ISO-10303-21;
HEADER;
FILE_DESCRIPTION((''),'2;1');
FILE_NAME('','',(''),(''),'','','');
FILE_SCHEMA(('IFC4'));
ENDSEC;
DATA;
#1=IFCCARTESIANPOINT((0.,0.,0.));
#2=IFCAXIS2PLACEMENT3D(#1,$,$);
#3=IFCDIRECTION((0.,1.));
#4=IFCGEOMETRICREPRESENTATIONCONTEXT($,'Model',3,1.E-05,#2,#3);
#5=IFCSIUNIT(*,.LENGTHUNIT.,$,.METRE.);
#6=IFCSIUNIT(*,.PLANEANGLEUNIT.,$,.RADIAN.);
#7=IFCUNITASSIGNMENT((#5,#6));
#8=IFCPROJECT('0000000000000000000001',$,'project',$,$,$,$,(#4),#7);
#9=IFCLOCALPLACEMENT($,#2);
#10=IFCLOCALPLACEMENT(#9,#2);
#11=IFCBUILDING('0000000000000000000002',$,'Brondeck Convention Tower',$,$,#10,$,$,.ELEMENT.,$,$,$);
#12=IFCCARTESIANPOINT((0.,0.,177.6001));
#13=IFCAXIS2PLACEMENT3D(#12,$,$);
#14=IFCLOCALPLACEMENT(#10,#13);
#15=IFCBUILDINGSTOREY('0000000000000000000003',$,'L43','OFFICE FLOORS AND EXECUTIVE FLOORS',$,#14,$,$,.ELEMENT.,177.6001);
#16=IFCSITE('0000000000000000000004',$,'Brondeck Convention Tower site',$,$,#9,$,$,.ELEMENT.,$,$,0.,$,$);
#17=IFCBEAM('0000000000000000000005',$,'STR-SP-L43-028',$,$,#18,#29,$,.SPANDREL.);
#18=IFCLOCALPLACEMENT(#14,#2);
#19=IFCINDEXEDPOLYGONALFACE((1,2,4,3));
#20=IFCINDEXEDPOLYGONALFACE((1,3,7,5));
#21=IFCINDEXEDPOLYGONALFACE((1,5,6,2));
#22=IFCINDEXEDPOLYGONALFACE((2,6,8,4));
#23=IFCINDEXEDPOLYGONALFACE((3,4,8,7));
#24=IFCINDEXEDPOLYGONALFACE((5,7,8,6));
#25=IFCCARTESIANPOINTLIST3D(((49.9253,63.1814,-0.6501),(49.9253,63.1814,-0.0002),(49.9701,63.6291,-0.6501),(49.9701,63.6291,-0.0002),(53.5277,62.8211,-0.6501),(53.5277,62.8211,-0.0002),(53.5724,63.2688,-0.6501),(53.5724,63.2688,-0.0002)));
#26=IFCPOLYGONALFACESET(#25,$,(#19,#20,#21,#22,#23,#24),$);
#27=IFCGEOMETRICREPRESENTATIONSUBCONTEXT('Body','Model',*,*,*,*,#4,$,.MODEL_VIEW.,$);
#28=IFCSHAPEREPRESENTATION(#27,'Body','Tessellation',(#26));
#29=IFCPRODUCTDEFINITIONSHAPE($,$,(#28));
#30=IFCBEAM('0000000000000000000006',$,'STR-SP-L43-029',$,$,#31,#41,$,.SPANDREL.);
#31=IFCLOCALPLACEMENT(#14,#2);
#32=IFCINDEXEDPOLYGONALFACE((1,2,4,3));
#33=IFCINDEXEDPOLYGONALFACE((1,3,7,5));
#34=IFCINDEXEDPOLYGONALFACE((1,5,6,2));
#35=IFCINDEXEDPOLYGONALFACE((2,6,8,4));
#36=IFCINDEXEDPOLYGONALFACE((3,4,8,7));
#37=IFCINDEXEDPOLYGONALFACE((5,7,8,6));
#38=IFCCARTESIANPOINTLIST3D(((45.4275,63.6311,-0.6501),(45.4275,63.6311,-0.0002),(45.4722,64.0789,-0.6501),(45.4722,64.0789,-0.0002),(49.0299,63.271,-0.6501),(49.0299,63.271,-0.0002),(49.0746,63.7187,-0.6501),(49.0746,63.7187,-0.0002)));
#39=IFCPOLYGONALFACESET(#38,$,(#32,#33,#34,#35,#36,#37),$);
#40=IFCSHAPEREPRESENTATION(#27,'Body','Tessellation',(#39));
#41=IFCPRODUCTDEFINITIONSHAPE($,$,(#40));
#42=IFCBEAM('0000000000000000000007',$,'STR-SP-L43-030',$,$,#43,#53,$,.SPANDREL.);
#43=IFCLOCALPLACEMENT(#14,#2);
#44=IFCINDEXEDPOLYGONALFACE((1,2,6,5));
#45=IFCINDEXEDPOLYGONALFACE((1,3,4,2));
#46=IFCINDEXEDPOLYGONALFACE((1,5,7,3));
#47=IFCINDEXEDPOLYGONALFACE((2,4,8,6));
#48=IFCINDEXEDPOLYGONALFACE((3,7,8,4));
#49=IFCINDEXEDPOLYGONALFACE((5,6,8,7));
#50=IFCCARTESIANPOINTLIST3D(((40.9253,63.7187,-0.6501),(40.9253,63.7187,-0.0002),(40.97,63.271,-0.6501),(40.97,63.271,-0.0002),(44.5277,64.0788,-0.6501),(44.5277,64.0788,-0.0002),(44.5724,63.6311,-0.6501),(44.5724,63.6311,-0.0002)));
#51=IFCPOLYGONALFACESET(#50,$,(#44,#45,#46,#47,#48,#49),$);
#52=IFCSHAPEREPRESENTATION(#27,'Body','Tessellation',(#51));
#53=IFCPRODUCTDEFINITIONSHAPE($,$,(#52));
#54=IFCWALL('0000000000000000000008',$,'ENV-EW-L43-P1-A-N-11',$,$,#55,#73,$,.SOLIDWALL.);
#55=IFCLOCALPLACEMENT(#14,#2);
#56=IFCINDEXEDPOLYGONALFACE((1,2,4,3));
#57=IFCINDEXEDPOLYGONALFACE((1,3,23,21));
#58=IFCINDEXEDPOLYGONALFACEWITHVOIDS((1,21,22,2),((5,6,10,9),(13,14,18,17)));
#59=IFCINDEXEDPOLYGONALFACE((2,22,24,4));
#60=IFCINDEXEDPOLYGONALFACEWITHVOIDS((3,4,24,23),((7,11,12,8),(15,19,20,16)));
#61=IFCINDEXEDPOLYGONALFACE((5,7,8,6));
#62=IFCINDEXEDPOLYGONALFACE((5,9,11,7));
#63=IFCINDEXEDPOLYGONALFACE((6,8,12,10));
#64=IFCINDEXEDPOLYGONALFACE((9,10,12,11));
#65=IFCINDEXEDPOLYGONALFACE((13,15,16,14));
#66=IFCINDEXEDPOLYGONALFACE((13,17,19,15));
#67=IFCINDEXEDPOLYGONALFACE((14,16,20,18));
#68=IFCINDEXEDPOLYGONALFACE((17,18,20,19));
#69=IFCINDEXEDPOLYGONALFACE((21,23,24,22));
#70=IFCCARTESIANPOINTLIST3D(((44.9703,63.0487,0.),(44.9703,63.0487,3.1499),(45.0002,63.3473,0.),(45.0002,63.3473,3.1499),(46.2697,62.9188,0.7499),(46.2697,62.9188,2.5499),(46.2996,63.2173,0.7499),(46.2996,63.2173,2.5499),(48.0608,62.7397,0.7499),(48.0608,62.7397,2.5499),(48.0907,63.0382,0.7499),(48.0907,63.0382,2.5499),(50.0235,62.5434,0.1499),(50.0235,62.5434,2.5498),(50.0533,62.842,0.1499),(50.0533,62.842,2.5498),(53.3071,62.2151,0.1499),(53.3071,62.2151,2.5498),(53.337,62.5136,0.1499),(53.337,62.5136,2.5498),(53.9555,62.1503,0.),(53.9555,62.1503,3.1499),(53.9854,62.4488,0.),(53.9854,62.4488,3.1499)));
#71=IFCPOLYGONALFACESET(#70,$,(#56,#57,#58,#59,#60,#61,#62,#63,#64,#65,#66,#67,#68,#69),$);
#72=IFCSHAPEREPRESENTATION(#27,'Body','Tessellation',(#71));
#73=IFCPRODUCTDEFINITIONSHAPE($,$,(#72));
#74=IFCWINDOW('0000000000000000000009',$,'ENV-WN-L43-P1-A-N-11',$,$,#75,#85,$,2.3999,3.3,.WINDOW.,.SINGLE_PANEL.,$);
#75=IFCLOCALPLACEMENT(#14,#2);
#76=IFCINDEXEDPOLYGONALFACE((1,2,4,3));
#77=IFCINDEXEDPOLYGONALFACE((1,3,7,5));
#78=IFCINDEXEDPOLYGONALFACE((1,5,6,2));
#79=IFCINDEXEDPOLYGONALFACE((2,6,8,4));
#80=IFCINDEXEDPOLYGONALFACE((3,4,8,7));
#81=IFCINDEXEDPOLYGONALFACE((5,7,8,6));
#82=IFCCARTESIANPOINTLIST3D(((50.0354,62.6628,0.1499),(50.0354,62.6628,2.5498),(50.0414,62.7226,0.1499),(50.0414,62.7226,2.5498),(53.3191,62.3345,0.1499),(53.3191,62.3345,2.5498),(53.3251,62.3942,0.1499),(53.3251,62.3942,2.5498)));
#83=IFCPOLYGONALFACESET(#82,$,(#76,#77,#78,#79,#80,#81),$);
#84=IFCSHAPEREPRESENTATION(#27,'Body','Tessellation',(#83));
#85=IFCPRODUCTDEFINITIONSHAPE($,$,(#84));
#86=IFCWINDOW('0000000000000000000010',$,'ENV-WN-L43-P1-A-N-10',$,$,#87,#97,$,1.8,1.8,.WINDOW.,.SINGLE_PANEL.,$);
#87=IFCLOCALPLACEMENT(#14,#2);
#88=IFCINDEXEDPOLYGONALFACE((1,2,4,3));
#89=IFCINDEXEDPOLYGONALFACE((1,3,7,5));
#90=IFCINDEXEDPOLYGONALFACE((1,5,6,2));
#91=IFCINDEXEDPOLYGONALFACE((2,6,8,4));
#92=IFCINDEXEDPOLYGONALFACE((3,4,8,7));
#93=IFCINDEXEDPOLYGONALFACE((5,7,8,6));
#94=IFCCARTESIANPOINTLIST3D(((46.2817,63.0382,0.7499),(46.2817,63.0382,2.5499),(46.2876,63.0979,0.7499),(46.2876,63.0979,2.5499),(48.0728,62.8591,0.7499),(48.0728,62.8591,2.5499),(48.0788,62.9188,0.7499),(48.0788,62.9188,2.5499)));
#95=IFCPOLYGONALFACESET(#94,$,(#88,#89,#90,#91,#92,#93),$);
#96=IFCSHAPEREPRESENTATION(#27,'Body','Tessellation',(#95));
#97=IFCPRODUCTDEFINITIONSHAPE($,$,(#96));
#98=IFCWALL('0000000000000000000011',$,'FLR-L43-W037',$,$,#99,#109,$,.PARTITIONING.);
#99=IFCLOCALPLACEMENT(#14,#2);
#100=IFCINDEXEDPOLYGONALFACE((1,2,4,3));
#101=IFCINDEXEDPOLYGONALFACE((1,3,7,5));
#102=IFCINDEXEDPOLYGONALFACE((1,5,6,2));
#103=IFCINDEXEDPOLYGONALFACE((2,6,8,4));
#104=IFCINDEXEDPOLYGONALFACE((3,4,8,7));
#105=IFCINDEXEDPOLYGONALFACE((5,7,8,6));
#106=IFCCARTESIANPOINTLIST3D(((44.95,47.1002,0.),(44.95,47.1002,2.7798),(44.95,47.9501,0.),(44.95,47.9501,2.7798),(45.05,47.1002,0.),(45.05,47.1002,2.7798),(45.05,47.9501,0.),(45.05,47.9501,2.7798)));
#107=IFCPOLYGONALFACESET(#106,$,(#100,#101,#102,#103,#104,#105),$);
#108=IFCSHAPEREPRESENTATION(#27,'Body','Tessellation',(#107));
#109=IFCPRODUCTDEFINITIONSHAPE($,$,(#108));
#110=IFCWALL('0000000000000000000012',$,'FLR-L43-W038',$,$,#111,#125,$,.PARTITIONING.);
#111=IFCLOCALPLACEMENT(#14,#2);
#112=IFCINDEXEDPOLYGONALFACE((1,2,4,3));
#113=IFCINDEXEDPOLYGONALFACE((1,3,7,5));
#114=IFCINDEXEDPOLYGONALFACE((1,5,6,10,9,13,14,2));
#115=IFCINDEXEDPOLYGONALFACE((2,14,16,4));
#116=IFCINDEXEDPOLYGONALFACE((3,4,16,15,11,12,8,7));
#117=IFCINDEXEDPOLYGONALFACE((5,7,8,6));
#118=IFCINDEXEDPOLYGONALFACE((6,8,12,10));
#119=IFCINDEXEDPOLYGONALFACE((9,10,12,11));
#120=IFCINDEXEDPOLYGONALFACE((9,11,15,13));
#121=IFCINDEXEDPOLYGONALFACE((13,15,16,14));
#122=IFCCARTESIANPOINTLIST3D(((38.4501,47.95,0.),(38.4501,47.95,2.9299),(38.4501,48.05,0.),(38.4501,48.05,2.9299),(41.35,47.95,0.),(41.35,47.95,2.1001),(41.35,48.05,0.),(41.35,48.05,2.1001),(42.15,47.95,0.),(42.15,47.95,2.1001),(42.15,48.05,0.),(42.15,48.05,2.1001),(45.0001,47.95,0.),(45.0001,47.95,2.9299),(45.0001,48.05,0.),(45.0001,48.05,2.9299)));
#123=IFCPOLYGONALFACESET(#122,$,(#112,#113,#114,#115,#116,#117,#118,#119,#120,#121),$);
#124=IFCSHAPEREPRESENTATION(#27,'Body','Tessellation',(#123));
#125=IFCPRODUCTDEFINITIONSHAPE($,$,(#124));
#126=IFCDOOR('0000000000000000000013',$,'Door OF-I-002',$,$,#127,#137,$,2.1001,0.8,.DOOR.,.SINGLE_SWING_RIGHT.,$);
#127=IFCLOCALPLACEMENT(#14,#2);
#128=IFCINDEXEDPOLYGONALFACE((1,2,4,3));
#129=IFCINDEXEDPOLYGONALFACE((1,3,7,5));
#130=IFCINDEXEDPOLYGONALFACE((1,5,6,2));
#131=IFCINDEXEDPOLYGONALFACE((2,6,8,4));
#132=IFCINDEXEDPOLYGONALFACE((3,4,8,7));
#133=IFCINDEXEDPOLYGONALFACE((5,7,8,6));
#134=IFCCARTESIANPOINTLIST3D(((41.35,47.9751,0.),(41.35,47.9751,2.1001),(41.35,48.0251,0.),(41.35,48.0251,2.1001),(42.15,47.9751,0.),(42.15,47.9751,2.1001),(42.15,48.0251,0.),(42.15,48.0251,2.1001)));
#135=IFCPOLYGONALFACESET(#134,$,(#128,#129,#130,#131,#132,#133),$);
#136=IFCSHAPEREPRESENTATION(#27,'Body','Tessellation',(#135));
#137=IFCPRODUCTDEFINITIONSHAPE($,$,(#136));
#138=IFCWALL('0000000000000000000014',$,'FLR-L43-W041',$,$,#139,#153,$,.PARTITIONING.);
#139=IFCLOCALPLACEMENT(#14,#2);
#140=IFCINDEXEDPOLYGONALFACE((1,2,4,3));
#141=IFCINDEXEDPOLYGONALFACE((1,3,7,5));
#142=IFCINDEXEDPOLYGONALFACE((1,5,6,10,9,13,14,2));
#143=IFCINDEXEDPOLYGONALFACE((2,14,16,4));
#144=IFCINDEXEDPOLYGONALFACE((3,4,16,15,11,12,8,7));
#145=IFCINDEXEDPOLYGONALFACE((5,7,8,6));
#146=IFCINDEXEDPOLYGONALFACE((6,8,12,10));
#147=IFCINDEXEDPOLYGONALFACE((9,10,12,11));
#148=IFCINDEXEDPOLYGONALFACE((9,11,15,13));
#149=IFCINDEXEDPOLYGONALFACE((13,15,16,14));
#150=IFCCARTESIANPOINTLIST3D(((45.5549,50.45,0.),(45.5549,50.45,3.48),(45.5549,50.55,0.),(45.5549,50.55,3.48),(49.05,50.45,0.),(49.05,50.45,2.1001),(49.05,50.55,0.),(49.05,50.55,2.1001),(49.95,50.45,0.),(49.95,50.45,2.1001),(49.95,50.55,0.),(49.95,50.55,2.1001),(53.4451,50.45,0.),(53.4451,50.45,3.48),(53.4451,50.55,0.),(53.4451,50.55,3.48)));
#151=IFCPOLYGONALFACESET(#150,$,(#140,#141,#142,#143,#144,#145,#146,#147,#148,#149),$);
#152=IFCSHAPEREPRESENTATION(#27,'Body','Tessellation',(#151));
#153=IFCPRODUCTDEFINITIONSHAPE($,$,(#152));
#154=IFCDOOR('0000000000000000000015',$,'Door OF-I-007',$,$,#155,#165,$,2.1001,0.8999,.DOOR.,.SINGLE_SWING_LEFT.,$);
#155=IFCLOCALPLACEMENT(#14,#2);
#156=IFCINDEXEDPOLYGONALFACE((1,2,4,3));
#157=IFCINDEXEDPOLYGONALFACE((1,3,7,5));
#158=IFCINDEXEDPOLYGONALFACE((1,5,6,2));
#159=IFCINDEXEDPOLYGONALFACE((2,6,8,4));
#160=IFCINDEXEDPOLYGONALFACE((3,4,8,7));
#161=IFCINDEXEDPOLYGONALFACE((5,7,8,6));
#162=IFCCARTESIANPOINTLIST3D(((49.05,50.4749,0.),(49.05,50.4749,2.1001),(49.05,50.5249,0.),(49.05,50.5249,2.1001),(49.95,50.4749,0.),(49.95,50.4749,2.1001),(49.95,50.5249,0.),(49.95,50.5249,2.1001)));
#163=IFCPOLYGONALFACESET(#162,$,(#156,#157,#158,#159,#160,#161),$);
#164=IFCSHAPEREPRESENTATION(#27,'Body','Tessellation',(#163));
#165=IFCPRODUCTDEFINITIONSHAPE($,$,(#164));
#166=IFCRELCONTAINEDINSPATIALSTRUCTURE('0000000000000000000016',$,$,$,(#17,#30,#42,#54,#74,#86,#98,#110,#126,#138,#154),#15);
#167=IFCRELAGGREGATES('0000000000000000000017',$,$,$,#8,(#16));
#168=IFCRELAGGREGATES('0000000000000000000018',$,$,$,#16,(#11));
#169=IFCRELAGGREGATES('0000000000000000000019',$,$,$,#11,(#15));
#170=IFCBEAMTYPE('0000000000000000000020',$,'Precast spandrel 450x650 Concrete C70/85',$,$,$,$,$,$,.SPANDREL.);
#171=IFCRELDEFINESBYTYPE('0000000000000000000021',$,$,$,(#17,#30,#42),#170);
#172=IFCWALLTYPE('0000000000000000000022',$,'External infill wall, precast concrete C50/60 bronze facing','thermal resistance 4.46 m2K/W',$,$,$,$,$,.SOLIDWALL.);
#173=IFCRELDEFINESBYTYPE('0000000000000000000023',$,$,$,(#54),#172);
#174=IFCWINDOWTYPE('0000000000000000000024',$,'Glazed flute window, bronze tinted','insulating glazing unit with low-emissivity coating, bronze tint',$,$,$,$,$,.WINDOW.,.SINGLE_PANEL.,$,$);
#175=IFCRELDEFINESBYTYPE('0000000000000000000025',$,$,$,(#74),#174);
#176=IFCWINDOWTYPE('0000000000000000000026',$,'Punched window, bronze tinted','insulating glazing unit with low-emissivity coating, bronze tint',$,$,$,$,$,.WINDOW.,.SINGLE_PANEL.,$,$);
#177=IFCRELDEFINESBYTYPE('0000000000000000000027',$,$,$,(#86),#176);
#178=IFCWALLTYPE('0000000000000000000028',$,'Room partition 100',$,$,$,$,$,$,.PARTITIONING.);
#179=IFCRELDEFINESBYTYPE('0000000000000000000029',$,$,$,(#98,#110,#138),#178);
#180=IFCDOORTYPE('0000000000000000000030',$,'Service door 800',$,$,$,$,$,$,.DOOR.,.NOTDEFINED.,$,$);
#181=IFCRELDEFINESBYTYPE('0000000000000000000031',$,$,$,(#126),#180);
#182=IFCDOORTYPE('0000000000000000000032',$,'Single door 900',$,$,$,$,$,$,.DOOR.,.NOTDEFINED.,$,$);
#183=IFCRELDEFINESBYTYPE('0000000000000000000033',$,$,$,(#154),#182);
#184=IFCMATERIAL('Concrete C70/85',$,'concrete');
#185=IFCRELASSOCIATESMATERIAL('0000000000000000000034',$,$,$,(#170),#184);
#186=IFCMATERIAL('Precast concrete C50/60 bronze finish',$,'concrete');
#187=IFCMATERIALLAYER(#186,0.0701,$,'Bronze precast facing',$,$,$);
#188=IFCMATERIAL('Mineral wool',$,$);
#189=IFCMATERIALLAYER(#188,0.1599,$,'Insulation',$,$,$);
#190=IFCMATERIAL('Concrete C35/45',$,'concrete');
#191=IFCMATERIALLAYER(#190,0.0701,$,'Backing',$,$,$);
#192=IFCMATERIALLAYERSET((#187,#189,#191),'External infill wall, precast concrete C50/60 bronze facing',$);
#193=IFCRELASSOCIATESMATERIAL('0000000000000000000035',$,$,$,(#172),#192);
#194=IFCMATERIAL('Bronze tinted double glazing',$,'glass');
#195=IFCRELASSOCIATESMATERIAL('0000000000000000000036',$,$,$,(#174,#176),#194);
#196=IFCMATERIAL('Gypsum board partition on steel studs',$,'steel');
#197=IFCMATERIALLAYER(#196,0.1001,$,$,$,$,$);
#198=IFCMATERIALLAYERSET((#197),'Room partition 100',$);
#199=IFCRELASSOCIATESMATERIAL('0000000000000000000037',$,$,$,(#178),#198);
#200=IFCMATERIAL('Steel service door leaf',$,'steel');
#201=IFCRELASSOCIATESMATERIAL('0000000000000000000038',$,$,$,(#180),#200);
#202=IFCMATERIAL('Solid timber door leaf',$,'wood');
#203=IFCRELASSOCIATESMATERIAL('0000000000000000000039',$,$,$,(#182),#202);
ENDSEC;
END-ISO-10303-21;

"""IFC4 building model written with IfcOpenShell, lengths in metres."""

from ifc_helpers import new_model, si_unit, direction, frame, frame_2d, origin, origin_2d, place, context, subcontext, project, spatial, rectangle, extrude, material, layer, layer_set, material_profile, profile_set, type_object, element, fill, save


model = new_model("IFC4")

# Units and contexts
model_context = context("Model", 3, precision=1e-05, world=origin(), true_north=direction((0.0, 1.0)))
body_context = subcontext(model_context, "Body", "Model", "MODEL_VIEW")
ifc_project = project(units=[si_unit("LENGTHUNIT", "METRE"), si_unit("PLANEANGLEUNIT", "RADIAN")], contexts=[model_context])

# Site, building, storey
site_placement = place(None, origin())
site = spatial("IfcSite", under=ifc_project, at=site_placement, Name="Brondeck Convention Tower site", CompositionType="ELEMENT", RefElevation=0.0)
building_placement = place(site_placement, origin())
building = spatial("IfcBuilding", under=site, at=building_placement, Name="Brondeck Convention Tower", CompositionType="ELEMENT")
storey_placement = place(building_placement, frame((0.0, 0.0, 177.6001)))
storey = spatial("IfcBuildingStorey", under=building, at=storey_placement, Name="L43", Description="OFFICE FLOORS AND EXECUTIVE FLOORS", CompositionType="ELEMENT", Elevation=177.6001)

# Shared definitions
ifc_material_1 = material(Name="Concrete C70/85", Category="concrete")

# Beams
ifc_material_profile_1 = material_profile(ifc_material_1, rectangle(XDim=0.45, YDim=0.6499, at=origin_2d()), Name="Precast spandrel 450x650 Concrete C70/85")
ifc_profile_set_1 = profile_set([ifc_material_profile_1], Name="Concrete C70/85")
beam_type_1 = type_object("IfcBeamType", Name="Precast spandrel 450x650 Concrete C70/85", PredefinedType="SPANDREL", material=ifc_profile_set_1)
for number, where, z_axis, x_axis, name in (
    (1, (53.55, 63.0449, -0.3252), (-0.995034, 0.099537, 0.0), (-0.099537, -0.995034, 0.0), "STR-SP-L43-028"),
    (2, (49.0522, 63.4949, -0.3252), (-0.995041, 0.09947, 0.0), (-0.09947, -0.995041, 0.0), "STR-SP-L43-029"),
    (3, (44.55, 63.855, -0.3252), (-0.995041, -0.09947, 0.0), (0.09947, -0.995041, 0.0), "STR-SP-L43-030"),
):
    element("IfcBeam", number, at=place(storey_placement, frame(where, z_axis=z_axis, x_axis=x_axis)), inside=storey, type_object=beam_type_1, Name=name, PredefinedType="SPANDREL", context=body_context, shape_type="SweptSolid", body=[
        extrude(rectangle(XDim=0.45, YDim=0.6499, at=origin_2d()), origin(), (0.0, 0.0, 1.0), 3.6204),
    ])

# Wall, openings, windows
ifc_material_2 = material(Name="Precast concrete C50/60 bronze finish", Category="concrete")
ifc_layer_1 = layer(ifc_material_2, 0.0701, Name="Bronze precast facing")
ifc_material_3 = material(Name="Mineral wool")
ifc_layer_2 = layer(ifc_material_3, 0.1599, Name="Insulation")
ifc_material_4 = material(Name="Concrete C35/45", Category="concrete")
ifc_layer_3 = layer(ifc_material_4, 0.0701, Name="Backing")
ifc_layer_set_1 = layer_set([ifc_layer_1, ifc_layer_2, ifc_layer_3], Name="External infill wall, precast concrete C50/60 bronze facing")
wall_type_1 = type_object("IfcWallType", Name="External infill wall, precast concrete C50/60 bronze facing", Description="thermal resistance 4.46 m2K/W", PredefinedType="SOLIDWALL", material=ifc_layer_set_1)
wall_1_placement = place(storey_placement, frame((44.9851, 63.198, 0.0), z_axis=(0.0, 0.0, 1.0), x_axis=(0.995038, -0.099496, 0.0)))
wall_1 = element("IfcWall", 4, at=wall_1_placement, inside=storey, type_object=wall_type_1, Name="ENV-EW-L43-P1-A-N-11", PredefinedType="SOLIDWALL", context=body_context, shape_type="SweptSolid", body=[
    extrude(rectangle(XDim=9.03, YDim=0.3, at=frame_2d((4.5151, 0.0))), origin(), (0.0, 0.0, 1.0), 3.1499),
])
opening_1_placement = place(wall_1_placement, frame((1.3062, 0.0, 0.75)))
opening_1 = element("IfcOpeningElement", 5, at=opening_1_placement, cuts=wall_1, PredefinedType="OPENING", context=body_context, shape_type="SweptSolid", body=[
    extrude(rectangle(XDim=1.8, YDim=1.8, at=frame_2d((0.8999, 0.8999))), frame((0.0, 0.1599, 0.0), z_axis=(0.0, -1.0, 0.0), x_axis=(1.0, 0.0, 0.0)), (0.0, 0.0, 1.0), 0.3201),
])
opening_2_placement = place(wall_1_placement, frame((5.0786, 0.0, 0.1499)))
opening_2 = element("IfcOpeningElement", 6, at=opening_2_placement, cuts=wall_1, PredefinedType="OPENING", context=body_context, shape_type="SweptSolid", body=[
    extrude(rectangle(XDim=3.3, YDim=2.3999, at=frame_2d((1.6499, 1.2))), frame((0.0, 0.1599, 0.0), z_axis=(0.0, -1.0, 0.0), x_axis=(1.0, 0.0, 0.0)), (0.0, 0.0, 1.0), 0.3201),
])
ifc_material_5 = material(Name="Bronze tinted double glazing", Category="glass")
window_type_1 = type_object("IfcWindowType", Name="Glazed flute window, bronze tinted", Description="insulating glazing unit with low-emissivity coating, bronze tint", PartitioningType="SINGLE_PANEL", PredefinedType="WINDOW", material=ifc_material_5)
window_1_placement = place(opening_2_placement, origin())
window_1 = element("IfcWindow", 7, at=window_1_placement, inside=storey, type_object=window_type_1, Name="ENV-WN-L43-P1-A-N-11", OverallHeight=2.3999, OverallWidth=3.3, PartitioningType="SINGLE_PANEL", PredefinedType="WINDOW", context=body_context, shape_type="SweptSolid", body=[
    extrude(rectangle(XDim=3.3, YDim=2.3999, at=frame_2d((1.6499, 1.2))), frame((0.0, 0.03, 0.0), z_axis=(0.0, -1.0, 0.0), x_axis=(1.0, 0.0, 0.0)), (0.0, 0.0, 1.0), 0.0601),
])
fill(opening_2, window_1)
window_type_2 = type_object("IfcWindowType", Name="Punched window, bronze tinted", Description="insulating glazing unit with low-emissivity coating, bronze tint", PartitioningType="SINGLE_PANEL", PredefinedType="WINDOW", material=ifc_material_5)
window_2_placement = place(opening_1_placement, origin())
window_2 = element("IfcWindow", 8, at=window_2_placement, inside=storey, type_object=window_type_2, Name="ENV-WN-L43-P1-A-N-10", OverallHeight=1.8, OverallWidth=1.8, PartitioningType="SINGLE_PANEL", PredefinedType="WINDOW", context=body_context, shape_type="SweptSolid", body=[
    extrude(rectangle(XDim=1.8, YDim=1.8, at=frame_2d((0.8999, 0.8999))), frame((0.0, 0.03, 0.0), z_axis=(0.0, -1.0, 0.0), x_axis=(1.0, 0.0, 0.0)), (0.0, 0.0, 1.0), 0.0601),
])
fill(opening_1, window_2)

# Wall
ifc_material_6 = material(Name="Gypsum board partition on steel studs", Category="steel")
ifc_layer_4 = layer(ifc_material_6, 0.1001)
ifc_layer_set_2 = layer_set([ifc_layer_4], Name="Room partition 100")
wall_type_2 = type_object("IfcWallType", Name="Room partition 100", PredefinedType="PARTITIONING", material=ifc_layer_set_2)
wall_2_placement = place(storey_placement, frame((45.0, 47.95, 0.0), z_axis=(0.0, 0.0, 1.0), x_axis=(0.0, -1.0, 0.0)))
element("IfcWall", 9, at=wall_2_placement, inside=storey, type_object=wall_type_2, Name="FLR-L43-W037", PredefinedType="PARTITIONING", context=body_context, shape_type="SweptSolid", body=[
    extrude(rectangle(XDim=0.8499, YDim=0.1001, at=frame_2d((0.4248, 0.0))), origin(), (0.0, 0.0, 1.0), 2.7798),
])

# Walls, openings, doors
wall_3_placement = place(storey_placement, frame((45.0, 48.0, 0.0), z_axis=(0.0, 0.0, 1.0), x_axis=(-1.0, 0.0, 0.0)))
wall_3 = element("IfcWall", 10, at=wall_3_placement, inside=storey, type_object=wall_type_2, Name="FLR-L43-W038", PredefinedType="PARTITIONING", context=body_context, shape_type="SweptSolid", body=[
    extrude(rectangle(XDim=6.55, YDim=0.1001, at=frame_2d((3.2749, 0.0))), origin(), (0.0, 0.0, 1.0), 2.9299),
])
opening_3_placement = place(wall_3_placement, frame((2.8501, 0.0, 0.0)))
opening_3 = element("IfcOpeningElement", 11, at=opening_3_placement, cuts=wall_3, PredefinedType="OPENING", context=body_context, shape_type="SweptSolid", body=[
    extrude(rectangle(XDim=0.8, YDim=2.1001, at=frame_2d((0.3999, 1.05))), frame((0.0, 0.0601, 0.0), z_axis=(0.0, -1.0, 0.0), x_axis=(1.0, 0.0, 0.0)), (0.0, 0.0, 1.0), 0.1201),
])
ifc_material_7 = material(Name="Steel service door leaf", Category="steel")
door_type_1 = type_object("IfcDoorType", Name="Service door 800", OperationType="NOTDEFINED", PredefinedType="DOOR", material=ifc_material_7)
door_1_placement = place(opening_3_placement, origin())
door_1 = element("IfcDoor", 12, at=door_1_placement, inside=storey, type_object=door_type_1, Name="Door OF-I-002", OperationType="SINGLE_SWING_RIGHT", OverallHeight=2.1001, OverallWidth=0.8, PredefinedType="DOOR", context=body_context, shape_type="SweptSolid", body=[
    extrude(rectangle(XDim=0.8, YDim=2.1001, at=frame_2d((0.3999, 1.05))), frame((0.0, 0.0249, 0.0), z_axis=(0.0, -1.0, 0.0), x_axis=(1.0, 0.0, 0.0)), (0.0, 0.0, 1.0), 0.05),
])
fill(opening_3, door_1)
wall_4_placement = place(storey_placement, frame((45.5549, 50.5, 0.0), z_axis=(0.0, 0.0, 1.0), x_axis=(1.0, 0.0, 0.0)))
wall_4 = element("IfcWall", 13, at=wall_4_placement, inside=storey, type_object=wall_type_2, Name="FLR-L43-W041", PredefinedType="PARTITIONING", context=body_context, shape_type="SweptSolid", body=[
    extrude(rectangle(XDim=7.8901, YDim=0.1001, at=frame_2d((3.9451, 0.0))), origin(), (0.0, 0.0, 1.0), 3.48),
])
opening_4_placement = place(wall_4_placement, frame((3.4951, 0.0, 0.0)))
opening_4 = element("IfcOpeningElement", 14, at=opening_4_placement, cuts=wall_4, PredefinedType="OPENING", context=body_context, shape_type="SweptSolid", body=[
    extrude(rectangle(XDim=0.8999, YDim=2.1001, at=frame_2d((0.45, 1.05))), frame((0.0, 0.0601, 0.0), z_axis=(0.0, -1.0, 0.0), x_axis=(1.0, 0.0, 0.0)), (0.0, 0.0, 1.0), 0.1201),
])
ifc_material_8 = material(Name="Solid timber door leaf", Category="wood")
door_type_2 = type_object("IfcDoorType", Name="Single door 900", OperationType="NOTDEFINED", PredefinedType="DOOR", material=ifc_material_8)
door_2_placement = place(opening_4_placement, origin())
door_2 = element("IfcDoor", 15, at=door_2_placement, inside=storey, type_object=door_type_2, Name="Door OF-I-007", OperationType="SINGLE_SWING_LEFT", OverallHeight=2.1001, OverallWidth=0.8999, PredefinedType="DOOR", context=body_context, shape_type="SweptSolid", body=[
    extrude(rectangle(XDim=0.8999, YDim=2.1001, at=frame_2d((0.45, 1.05))), frame((0.0, 0.0249, 0.0), z_axis=(0.0, -1.0, 0.0), x_axis=(1.0, 0.0, 0.0)), (0.0, 0.0, 1.0), 0.05),
])
fill(opening_4, door_2)

save(model, "model.ifc")
